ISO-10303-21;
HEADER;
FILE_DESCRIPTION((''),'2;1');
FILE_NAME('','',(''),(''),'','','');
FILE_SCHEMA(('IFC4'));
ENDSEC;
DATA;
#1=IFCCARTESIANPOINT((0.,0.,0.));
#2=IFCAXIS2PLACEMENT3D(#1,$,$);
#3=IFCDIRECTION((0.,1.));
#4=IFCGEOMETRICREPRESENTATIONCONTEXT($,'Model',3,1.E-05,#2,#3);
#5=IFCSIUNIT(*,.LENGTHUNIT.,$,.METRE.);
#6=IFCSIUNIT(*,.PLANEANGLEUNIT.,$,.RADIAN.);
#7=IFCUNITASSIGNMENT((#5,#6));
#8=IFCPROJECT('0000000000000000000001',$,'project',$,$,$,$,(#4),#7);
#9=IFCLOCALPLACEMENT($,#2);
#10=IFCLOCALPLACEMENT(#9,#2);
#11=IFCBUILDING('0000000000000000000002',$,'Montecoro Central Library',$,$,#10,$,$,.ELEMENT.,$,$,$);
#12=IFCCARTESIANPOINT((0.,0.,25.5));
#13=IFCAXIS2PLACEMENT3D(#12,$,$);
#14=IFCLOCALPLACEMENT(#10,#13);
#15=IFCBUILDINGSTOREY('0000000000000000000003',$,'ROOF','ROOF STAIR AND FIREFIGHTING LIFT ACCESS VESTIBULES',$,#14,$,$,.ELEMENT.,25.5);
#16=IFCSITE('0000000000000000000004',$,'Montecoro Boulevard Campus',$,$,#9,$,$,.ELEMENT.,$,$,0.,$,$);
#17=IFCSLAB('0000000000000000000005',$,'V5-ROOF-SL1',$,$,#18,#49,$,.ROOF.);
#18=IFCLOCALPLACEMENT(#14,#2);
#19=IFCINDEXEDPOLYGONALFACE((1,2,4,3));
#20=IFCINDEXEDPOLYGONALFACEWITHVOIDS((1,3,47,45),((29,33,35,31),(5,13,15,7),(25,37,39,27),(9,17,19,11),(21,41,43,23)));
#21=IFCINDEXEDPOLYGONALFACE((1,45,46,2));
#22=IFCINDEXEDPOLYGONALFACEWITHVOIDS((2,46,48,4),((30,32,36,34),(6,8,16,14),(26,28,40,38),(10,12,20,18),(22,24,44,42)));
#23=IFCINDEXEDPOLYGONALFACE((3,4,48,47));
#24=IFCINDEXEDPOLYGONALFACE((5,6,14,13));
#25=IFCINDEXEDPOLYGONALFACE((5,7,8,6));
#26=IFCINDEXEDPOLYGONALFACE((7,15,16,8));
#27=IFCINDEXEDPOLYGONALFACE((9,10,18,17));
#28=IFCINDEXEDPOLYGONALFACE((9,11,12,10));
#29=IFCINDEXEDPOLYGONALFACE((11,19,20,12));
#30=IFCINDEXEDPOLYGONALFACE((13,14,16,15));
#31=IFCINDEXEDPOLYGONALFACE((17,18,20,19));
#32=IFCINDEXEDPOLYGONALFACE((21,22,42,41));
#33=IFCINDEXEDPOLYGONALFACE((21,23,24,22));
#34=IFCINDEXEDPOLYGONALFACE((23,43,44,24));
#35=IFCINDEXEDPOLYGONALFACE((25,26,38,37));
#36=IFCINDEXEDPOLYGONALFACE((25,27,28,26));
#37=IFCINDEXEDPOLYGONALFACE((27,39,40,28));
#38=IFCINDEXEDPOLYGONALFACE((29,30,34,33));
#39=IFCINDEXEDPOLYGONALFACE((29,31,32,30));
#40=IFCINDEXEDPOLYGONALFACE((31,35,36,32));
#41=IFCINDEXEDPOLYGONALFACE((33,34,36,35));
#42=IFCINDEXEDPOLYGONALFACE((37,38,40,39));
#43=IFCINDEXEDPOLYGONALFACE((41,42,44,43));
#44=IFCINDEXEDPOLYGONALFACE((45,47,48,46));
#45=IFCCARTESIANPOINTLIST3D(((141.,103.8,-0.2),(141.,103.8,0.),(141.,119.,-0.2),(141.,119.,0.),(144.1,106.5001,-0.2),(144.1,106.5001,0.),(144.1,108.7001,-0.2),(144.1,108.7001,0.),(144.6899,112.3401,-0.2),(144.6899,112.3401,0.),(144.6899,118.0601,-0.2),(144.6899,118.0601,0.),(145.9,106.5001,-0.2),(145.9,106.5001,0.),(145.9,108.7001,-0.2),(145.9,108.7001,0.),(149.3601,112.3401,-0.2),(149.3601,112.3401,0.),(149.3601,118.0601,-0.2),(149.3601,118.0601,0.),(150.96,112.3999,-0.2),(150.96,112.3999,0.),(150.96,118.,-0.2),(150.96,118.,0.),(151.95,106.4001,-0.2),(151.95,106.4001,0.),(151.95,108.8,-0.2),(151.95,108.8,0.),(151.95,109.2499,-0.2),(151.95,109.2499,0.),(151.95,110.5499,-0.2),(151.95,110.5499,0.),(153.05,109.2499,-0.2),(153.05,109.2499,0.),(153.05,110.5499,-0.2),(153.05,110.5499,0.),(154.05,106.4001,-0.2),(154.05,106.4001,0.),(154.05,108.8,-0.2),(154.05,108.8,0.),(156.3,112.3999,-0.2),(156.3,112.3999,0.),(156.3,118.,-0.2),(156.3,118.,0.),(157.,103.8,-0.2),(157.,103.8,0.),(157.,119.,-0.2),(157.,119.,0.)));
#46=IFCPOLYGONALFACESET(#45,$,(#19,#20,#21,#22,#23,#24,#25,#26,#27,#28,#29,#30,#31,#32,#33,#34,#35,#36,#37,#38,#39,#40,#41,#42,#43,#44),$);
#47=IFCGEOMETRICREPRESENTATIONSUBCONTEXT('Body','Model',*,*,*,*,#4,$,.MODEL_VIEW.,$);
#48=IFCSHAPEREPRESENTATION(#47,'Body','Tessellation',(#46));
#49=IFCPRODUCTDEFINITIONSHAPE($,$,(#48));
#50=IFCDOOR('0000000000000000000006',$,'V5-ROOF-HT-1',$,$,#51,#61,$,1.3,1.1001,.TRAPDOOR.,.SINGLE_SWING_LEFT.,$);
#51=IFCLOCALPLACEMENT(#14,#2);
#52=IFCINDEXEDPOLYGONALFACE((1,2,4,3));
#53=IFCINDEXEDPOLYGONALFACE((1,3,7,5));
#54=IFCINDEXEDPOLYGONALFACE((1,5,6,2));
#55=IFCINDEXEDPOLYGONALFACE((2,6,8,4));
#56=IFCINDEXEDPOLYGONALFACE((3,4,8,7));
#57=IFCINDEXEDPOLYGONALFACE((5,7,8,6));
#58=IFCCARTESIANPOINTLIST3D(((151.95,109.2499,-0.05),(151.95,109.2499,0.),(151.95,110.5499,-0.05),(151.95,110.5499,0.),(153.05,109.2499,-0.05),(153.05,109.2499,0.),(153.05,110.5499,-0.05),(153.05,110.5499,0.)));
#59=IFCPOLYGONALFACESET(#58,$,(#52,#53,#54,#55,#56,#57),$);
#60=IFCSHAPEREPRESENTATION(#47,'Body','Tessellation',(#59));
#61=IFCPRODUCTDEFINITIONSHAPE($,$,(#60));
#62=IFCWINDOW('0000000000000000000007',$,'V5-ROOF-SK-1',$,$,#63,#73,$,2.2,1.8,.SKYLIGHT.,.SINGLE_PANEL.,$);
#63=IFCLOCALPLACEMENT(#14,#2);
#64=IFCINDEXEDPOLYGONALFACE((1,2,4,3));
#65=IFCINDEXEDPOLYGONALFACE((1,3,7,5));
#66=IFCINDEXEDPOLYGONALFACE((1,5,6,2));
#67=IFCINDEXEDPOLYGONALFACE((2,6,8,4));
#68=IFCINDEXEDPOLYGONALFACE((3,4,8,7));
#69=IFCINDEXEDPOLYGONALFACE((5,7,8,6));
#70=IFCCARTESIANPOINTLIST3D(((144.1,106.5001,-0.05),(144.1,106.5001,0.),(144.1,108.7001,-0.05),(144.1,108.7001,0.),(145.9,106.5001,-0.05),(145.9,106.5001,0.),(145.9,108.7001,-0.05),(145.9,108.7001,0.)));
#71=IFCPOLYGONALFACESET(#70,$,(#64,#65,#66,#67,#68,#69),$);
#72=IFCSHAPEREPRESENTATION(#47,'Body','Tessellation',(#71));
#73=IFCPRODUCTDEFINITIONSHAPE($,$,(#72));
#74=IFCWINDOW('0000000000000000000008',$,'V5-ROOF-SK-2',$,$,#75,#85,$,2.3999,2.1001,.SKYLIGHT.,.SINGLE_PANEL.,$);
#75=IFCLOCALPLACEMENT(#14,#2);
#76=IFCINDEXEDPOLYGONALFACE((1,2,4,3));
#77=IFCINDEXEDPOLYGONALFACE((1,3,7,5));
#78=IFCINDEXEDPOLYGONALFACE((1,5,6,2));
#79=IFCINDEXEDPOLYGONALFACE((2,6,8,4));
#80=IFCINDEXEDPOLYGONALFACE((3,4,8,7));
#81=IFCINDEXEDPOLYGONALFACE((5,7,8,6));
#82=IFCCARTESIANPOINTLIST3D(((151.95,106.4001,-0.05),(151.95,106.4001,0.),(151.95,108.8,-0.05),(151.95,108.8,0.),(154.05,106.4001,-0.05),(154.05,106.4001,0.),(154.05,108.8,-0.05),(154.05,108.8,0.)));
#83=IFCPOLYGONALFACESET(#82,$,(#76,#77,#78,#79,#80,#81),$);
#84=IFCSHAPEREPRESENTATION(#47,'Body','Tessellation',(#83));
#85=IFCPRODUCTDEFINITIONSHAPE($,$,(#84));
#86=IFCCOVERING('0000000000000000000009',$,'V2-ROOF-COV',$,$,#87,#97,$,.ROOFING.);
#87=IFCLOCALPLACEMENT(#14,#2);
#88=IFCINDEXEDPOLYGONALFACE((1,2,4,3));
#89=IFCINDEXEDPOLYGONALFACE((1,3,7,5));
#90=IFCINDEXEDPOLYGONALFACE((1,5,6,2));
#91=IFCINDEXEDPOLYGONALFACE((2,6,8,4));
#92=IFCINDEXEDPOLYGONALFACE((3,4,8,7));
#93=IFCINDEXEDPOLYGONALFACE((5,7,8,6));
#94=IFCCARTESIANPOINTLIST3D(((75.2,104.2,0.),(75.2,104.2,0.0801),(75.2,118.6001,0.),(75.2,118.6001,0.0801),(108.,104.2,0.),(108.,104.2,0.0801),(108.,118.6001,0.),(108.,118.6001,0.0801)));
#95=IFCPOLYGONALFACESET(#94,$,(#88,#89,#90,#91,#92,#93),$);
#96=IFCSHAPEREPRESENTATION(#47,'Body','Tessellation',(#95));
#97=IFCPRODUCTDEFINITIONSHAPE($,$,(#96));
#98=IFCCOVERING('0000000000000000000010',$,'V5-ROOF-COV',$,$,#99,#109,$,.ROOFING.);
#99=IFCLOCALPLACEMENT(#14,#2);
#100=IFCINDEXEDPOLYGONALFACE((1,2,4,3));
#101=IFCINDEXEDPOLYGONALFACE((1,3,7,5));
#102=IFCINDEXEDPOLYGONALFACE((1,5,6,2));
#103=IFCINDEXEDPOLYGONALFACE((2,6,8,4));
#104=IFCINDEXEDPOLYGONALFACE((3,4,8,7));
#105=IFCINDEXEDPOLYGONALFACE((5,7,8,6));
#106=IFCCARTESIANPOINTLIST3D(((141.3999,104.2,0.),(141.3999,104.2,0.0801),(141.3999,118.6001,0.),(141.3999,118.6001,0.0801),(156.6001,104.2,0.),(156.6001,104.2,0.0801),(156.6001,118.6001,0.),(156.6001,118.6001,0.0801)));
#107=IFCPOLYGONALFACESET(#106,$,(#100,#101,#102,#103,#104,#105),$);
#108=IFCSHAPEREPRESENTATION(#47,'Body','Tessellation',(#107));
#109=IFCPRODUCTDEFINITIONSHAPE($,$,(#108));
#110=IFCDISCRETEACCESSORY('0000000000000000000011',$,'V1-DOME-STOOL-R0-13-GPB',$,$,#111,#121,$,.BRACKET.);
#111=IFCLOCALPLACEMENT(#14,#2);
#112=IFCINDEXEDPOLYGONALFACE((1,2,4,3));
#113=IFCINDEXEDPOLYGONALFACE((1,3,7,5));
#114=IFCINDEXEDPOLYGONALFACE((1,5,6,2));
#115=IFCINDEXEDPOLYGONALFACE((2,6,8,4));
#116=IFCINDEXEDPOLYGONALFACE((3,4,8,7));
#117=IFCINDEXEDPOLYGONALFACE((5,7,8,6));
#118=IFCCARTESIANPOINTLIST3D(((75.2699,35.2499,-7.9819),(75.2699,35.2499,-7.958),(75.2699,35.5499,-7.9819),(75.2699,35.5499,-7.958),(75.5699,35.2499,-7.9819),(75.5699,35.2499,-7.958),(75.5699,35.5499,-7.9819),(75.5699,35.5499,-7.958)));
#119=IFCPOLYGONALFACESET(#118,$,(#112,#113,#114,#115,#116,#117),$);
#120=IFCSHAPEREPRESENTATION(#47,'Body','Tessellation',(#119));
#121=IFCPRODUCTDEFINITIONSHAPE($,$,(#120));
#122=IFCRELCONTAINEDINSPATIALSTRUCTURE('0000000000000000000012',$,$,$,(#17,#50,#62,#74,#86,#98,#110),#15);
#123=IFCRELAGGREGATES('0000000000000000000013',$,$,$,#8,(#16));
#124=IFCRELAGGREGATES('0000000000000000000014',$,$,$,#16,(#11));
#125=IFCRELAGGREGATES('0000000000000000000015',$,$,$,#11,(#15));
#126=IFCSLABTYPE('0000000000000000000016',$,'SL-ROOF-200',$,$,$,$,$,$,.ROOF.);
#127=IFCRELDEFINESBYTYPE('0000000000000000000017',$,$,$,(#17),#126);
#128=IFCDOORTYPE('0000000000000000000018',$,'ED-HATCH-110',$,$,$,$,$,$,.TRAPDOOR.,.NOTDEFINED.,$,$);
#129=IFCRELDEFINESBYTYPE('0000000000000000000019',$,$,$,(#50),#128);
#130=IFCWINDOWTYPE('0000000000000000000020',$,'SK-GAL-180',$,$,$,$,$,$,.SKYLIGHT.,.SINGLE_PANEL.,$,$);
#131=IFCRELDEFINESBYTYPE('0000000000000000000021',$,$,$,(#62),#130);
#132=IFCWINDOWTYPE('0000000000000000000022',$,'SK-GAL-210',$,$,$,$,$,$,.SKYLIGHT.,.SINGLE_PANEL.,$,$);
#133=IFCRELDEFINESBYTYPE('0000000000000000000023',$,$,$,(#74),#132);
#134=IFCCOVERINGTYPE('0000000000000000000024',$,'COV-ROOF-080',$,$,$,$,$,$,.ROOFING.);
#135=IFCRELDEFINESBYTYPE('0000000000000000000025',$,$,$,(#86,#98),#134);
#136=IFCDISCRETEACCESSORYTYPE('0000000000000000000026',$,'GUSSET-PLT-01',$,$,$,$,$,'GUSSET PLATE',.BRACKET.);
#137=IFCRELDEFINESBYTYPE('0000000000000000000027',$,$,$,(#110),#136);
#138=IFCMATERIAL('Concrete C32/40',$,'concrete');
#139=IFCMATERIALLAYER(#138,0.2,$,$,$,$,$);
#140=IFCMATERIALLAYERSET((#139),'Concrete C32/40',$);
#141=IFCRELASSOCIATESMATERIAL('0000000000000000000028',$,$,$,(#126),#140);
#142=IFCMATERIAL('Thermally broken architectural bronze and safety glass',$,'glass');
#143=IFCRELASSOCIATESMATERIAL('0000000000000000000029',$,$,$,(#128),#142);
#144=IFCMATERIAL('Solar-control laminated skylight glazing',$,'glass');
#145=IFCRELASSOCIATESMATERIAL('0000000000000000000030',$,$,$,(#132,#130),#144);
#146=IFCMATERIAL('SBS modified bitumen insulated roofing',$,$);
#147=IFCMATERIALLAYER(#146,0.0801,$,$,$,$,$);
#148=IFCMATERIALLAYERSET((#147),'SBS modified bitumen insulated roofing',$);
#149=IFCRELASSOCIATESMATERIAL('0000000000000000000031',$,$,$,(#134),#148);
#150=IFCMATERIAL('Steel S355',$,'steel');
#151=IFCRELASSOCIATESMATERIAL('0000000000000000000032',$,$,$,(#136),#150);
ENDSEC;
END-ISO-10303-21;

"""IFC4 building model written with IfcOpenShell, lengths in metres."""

from ifc_helpers import new_model, si_unit, direction, frame, origin, origin_2d, place, context, subcontext, project, spatial, polyline, rectangle, outline, extrude, material, layer, layer_set, type_object, element, fill, save


model = new_model("IFC4")

# Units and contexts
model_context = context("Model", 3, precision=1e-05, world=origin(), true_north=direction((0.0, 1.0)))
body_context = subcontext(model_context, "Body", "Model", "MODEL_VIEW")
ifc_project = project(units=[si_unit("LENGTHUNIT", "METRE"), si_unit("PLANEANGLEUNIT", "RADIAN")], contexts=[model_context])

# Site, building, storey
site_placement = place(None, origin())
site = spatial("IfcSite", under=ifc_project, at=site_placement, Name="Montecoro Boulevard Campus", CompositionType="ELEMENT", RefElevation=0.0)
building_placement = place(site_placement, origin())
building = spatial("IfcBuilding", under=site, at=building_placement, Name="Montecoro Central Library", CompositionType="ELEMENT")
storey_placement = place(building_placement, frame((0.0, 0.0, 25.5)))
storey = spatial("IfcBuildingStorey", under=building, at=storey_placement, Name="ROOF", Description="ROOF STAIR AND FIREFIGHTING LIFT ACCESS VESTIBULES", CompositionType="ELEMENT", Elevation=25.5)

# Shared definitions
ifc_material_1 = material(Name="Steel S355", Category="steel")

# Shared definitions
ifc_material_2 = material(Name="Concrete C32/40", Category="concrete")

# Shared definitions
ifc_material_3 = material(Name="Solar-control laminated skylight glazing", Category="glass")

# Shared definitions
ifc_layer_1 = layer(ifc_material_2, 0.2)
ifc_layer_set_1 = layer_set([ifc_layer_1], Name="Concrete C32/40")
slab_type_1 = type_object("IfcSlabType", Name="SL-ROOF-200", PredefinedType="ROOF", material=ifc_layer_set_1)
ifc_material_4 = material(Name="Thermally broken architectural bronze and safety glass", Category="glass")
door_type_1 = type_object("IfcDoorType", Name="ED-HATCH-110", OperationType="NOTDEFINED", PredefinedType="TRAPDOOR", material=ifc_material_4)
window_type_1 = type_object("IfcWindowType", Name="SK-GAL-210", PartitioningType="SINGLE_PANEL", PredefinedType="SKYLIGHT", material=ifc_material_3)

# Slab, openings, door, windows
slab_1_placement = place(storey_placement, frame((0.0, 0.0, -0.2)))
slab_1 = element("IfcSlab", 1, at=slab_1_placement, inside=storey, type_object=slab_type_1, Name="V5-ROOF-SL1", PredefinedType="ROOF", context=body_context, shape_type="SweptSolid", body=[
    extrude(outline(polyline([(141.0, 103.8), (157.0, 103.8), (157.0, 119.0), (141.0, 119.0), (141.0, 103.8)]), holes=[polyline([(150.96, 118.0), (156.3, 118.0), (156.3, 112.3999), (150.96, 112.3999), (150.96, 118.0)]), polyline([(144.6899, 118.0601), (149.3601, 118.0601), (149.3601, 112.3401), (144.6899, 112.3401), (144.6899, 118.0601)])]), origin(), (0.0, 0.0, 1.0), 0.2),
])
opening_1_placement = place(slab_1_placement, frame((152.5, 109.8999, 0.0)))
opening_1 = element("IfcOpeningElement", 2, at=opening_1_placement, cuts=slab_1, PredefinedType="OPENING", context=body_context, shape_type="SweptSolid", body=[
    extrude(rectangle(XDim=1.1001, YDim=1.3, at=origin_2d()), frame((0.0, 0.0, -0.01)), (0.0, 0.0, 1.0), 0.22),
])
opening_2_placement = place(slab_1_placement, frame((145.0, 107.6001, 0.0)))
opening_2 = element("IfcOpeningElement", 3, at=opening_2_placement, cuts=slab_1, PredefinedType="OPENING", context=body_context, shape_type="SweptSolid", body=[
    extrude(rectangle(XDim=1.8, YDim=2.2, at=origin_2d()), frame((0.0, 0.0, -0.01)), (0.0, 0.0, 1.0), 0.22),
])
opening_3_placement = place(slab_1_placement, frame((153.0, 107.6001, 0.0)))
opening_3 = element("IfcOpeningElement", 4, at=opening_3_placement, cuts=slab_1, PredefinedType="OPENING", context=body_context, shape_type="SweptSolid", body=[
    extrude(rectangle(XDim=2.1001, YDim=2.3999, at=origin_2d()), frame((0.0, 0.0, -0.01)), (0.0, 0.0, 1.0), 0.22),
])
door_1_placement = place(opening_1_placement, frame((0.0, 0.0, 0.1499)))
door_1 = element("IfcDoor", 5, at=door_1_placement, inside=storey, type_object=door_type_1, Name="V5-ROOF-HT-1", OperationType="SINGLE_SWING_LEFT", OverallHeight=1.3, OverallWidth=1.1001, PredefinedType="TRAPDOOR", context=body_context, shape_type="SweptSolid", body=[
    extrude(rectangle(XDim=1.1001, YDim=1.3, at=origin_2d()), origin(), (0.0, 0.0, 1.0), 0.05),
])
fill(opening_1, door_1)
window_type_2 = type_object("IfcWindowType", Name="SK-GAL-180", PartitioningType="SINGLE_PANEL", PredefinedType="SKYLIGHT", material=ifc_material_3)
window_1_placement = place(opening_2_placement, frame((0.0, 0.0, 0.1499)))
window_1 = element("IfcWindow", 6, at=window_1_placement, inside=storey, type_object=window_type_2, Name="V5-ROOF-SK-1", OverallHeight=2.2, OverallWidth=1.8, PartitioningType="SINGLE_PANEL", PredefinedType="SKYLIGHT", context=body_context, shape_type="SweptSolid", body=[
    extrude(rectangle(XDim=1.8, YDim=2.2, at=origin_2d()), origin(), (0.0, 0.0, 1.0), 0.05),
])
fill(opening_2, window_1)
window_2_placement = place(opening_3_placement, frame((0.0, 0.0, 0.1499)))
window_2 = element("IfcWindow", 7, at=window_2_placement, inside=storey, type_object=window_type_1, Name="V5-ROOF-SK-2", OverallHeight=2.3999, OverallWidth=2.1001, PartitioningType="SINGLE_PANEL", PredefinedType="SKYLIGHT", context=body_context, shape_type="SweptSolid", body=[
    extrude(rectangle(XDim=2.1001, YDim=2.3999, at=origin_2d()), origin(), (0.0, 0.0, 1.0), 0.05),
])
fill(opening_3, window_2)

# Coverings
ifc_material_5 = material(Name="SBS modified bitumen insulated roofing")
ifc_layer_2 = layer(ifc_material_5, 0.0801)
ifc_layer_set_2 = layer_set([ifc_layer_2], Name="SBS modified bitumen insulated roofing")
covering_type = type_object("IfcCoveringType", Name="COV-ROOF-080", PredefinedType="ROOFING", material=ifc_layer_set_2)
covering_1_placement = place(storey_placement, origin())
element("IfcCovering", 8, at=covering_1_placement, inside=storey, type_object=covering_type, Name="V2-ROOF-COV", PredefinedType="ROOFING", context=body_context, shape_type="SweptSolid", body=[
    extrude(outline(polyline([(75.2, 104.2), (108.0, 104.2), (108.0, 118.6001), (75.2, 118.6001), (75.2, 104.2)])), origin(), (0.0, 0.0, 1.0), 0.0801),
])
covering_2_placement = place(storey_placement, origin())
element("IfcCovering", 9, at=covering_2_placement, inside=storey, type_object=covering_type, Name="V5-ROOF-COV", PredefinedType="ROOFING", context=body_context, shape_type="SweptSolid", body=[
    extrude(outline(polyline([(141.3999, 104.2), (156.6001, 104.2), (156.6001, 118.6001), (141.3999, 118.6001), (141.3999, 104.2)])), origin(), (0.0, 0.0, 1.0), 0.0801),
])

# Discrete accessory
discrete_accessory_type = type_object("IfcDiscreteAccessoryType", Name="GUSSET-PLT-01", ElementType="GUSSET PLATE", PredefinedType="BRACKET", material=ifc_material_1)
discrete_accessory_placement = place(storey_placement, frame((75.4199, 35.3999, -7.9819), z_axis=(0.0, 0.0, 1.0), x_axis=(1.0, 0.0, 0.0)))
element("IfcDiscreteAccessory", 10, at=discrete_accessory_placement, inside=storey, type_object=discrete_accessory_type, Name="V1-DOME-STOOL-R0-13-GPB", PredefinedType="BRACKET", context=body_context, shape_type="SweptSolid", body=[
    extrude(rectangle(XDim=0.3, YDim=0.3, at=origin_2d()), origin(), (0.0, 0.0, 1.0), 0.0239),
])

save(model, "model.ifc")
